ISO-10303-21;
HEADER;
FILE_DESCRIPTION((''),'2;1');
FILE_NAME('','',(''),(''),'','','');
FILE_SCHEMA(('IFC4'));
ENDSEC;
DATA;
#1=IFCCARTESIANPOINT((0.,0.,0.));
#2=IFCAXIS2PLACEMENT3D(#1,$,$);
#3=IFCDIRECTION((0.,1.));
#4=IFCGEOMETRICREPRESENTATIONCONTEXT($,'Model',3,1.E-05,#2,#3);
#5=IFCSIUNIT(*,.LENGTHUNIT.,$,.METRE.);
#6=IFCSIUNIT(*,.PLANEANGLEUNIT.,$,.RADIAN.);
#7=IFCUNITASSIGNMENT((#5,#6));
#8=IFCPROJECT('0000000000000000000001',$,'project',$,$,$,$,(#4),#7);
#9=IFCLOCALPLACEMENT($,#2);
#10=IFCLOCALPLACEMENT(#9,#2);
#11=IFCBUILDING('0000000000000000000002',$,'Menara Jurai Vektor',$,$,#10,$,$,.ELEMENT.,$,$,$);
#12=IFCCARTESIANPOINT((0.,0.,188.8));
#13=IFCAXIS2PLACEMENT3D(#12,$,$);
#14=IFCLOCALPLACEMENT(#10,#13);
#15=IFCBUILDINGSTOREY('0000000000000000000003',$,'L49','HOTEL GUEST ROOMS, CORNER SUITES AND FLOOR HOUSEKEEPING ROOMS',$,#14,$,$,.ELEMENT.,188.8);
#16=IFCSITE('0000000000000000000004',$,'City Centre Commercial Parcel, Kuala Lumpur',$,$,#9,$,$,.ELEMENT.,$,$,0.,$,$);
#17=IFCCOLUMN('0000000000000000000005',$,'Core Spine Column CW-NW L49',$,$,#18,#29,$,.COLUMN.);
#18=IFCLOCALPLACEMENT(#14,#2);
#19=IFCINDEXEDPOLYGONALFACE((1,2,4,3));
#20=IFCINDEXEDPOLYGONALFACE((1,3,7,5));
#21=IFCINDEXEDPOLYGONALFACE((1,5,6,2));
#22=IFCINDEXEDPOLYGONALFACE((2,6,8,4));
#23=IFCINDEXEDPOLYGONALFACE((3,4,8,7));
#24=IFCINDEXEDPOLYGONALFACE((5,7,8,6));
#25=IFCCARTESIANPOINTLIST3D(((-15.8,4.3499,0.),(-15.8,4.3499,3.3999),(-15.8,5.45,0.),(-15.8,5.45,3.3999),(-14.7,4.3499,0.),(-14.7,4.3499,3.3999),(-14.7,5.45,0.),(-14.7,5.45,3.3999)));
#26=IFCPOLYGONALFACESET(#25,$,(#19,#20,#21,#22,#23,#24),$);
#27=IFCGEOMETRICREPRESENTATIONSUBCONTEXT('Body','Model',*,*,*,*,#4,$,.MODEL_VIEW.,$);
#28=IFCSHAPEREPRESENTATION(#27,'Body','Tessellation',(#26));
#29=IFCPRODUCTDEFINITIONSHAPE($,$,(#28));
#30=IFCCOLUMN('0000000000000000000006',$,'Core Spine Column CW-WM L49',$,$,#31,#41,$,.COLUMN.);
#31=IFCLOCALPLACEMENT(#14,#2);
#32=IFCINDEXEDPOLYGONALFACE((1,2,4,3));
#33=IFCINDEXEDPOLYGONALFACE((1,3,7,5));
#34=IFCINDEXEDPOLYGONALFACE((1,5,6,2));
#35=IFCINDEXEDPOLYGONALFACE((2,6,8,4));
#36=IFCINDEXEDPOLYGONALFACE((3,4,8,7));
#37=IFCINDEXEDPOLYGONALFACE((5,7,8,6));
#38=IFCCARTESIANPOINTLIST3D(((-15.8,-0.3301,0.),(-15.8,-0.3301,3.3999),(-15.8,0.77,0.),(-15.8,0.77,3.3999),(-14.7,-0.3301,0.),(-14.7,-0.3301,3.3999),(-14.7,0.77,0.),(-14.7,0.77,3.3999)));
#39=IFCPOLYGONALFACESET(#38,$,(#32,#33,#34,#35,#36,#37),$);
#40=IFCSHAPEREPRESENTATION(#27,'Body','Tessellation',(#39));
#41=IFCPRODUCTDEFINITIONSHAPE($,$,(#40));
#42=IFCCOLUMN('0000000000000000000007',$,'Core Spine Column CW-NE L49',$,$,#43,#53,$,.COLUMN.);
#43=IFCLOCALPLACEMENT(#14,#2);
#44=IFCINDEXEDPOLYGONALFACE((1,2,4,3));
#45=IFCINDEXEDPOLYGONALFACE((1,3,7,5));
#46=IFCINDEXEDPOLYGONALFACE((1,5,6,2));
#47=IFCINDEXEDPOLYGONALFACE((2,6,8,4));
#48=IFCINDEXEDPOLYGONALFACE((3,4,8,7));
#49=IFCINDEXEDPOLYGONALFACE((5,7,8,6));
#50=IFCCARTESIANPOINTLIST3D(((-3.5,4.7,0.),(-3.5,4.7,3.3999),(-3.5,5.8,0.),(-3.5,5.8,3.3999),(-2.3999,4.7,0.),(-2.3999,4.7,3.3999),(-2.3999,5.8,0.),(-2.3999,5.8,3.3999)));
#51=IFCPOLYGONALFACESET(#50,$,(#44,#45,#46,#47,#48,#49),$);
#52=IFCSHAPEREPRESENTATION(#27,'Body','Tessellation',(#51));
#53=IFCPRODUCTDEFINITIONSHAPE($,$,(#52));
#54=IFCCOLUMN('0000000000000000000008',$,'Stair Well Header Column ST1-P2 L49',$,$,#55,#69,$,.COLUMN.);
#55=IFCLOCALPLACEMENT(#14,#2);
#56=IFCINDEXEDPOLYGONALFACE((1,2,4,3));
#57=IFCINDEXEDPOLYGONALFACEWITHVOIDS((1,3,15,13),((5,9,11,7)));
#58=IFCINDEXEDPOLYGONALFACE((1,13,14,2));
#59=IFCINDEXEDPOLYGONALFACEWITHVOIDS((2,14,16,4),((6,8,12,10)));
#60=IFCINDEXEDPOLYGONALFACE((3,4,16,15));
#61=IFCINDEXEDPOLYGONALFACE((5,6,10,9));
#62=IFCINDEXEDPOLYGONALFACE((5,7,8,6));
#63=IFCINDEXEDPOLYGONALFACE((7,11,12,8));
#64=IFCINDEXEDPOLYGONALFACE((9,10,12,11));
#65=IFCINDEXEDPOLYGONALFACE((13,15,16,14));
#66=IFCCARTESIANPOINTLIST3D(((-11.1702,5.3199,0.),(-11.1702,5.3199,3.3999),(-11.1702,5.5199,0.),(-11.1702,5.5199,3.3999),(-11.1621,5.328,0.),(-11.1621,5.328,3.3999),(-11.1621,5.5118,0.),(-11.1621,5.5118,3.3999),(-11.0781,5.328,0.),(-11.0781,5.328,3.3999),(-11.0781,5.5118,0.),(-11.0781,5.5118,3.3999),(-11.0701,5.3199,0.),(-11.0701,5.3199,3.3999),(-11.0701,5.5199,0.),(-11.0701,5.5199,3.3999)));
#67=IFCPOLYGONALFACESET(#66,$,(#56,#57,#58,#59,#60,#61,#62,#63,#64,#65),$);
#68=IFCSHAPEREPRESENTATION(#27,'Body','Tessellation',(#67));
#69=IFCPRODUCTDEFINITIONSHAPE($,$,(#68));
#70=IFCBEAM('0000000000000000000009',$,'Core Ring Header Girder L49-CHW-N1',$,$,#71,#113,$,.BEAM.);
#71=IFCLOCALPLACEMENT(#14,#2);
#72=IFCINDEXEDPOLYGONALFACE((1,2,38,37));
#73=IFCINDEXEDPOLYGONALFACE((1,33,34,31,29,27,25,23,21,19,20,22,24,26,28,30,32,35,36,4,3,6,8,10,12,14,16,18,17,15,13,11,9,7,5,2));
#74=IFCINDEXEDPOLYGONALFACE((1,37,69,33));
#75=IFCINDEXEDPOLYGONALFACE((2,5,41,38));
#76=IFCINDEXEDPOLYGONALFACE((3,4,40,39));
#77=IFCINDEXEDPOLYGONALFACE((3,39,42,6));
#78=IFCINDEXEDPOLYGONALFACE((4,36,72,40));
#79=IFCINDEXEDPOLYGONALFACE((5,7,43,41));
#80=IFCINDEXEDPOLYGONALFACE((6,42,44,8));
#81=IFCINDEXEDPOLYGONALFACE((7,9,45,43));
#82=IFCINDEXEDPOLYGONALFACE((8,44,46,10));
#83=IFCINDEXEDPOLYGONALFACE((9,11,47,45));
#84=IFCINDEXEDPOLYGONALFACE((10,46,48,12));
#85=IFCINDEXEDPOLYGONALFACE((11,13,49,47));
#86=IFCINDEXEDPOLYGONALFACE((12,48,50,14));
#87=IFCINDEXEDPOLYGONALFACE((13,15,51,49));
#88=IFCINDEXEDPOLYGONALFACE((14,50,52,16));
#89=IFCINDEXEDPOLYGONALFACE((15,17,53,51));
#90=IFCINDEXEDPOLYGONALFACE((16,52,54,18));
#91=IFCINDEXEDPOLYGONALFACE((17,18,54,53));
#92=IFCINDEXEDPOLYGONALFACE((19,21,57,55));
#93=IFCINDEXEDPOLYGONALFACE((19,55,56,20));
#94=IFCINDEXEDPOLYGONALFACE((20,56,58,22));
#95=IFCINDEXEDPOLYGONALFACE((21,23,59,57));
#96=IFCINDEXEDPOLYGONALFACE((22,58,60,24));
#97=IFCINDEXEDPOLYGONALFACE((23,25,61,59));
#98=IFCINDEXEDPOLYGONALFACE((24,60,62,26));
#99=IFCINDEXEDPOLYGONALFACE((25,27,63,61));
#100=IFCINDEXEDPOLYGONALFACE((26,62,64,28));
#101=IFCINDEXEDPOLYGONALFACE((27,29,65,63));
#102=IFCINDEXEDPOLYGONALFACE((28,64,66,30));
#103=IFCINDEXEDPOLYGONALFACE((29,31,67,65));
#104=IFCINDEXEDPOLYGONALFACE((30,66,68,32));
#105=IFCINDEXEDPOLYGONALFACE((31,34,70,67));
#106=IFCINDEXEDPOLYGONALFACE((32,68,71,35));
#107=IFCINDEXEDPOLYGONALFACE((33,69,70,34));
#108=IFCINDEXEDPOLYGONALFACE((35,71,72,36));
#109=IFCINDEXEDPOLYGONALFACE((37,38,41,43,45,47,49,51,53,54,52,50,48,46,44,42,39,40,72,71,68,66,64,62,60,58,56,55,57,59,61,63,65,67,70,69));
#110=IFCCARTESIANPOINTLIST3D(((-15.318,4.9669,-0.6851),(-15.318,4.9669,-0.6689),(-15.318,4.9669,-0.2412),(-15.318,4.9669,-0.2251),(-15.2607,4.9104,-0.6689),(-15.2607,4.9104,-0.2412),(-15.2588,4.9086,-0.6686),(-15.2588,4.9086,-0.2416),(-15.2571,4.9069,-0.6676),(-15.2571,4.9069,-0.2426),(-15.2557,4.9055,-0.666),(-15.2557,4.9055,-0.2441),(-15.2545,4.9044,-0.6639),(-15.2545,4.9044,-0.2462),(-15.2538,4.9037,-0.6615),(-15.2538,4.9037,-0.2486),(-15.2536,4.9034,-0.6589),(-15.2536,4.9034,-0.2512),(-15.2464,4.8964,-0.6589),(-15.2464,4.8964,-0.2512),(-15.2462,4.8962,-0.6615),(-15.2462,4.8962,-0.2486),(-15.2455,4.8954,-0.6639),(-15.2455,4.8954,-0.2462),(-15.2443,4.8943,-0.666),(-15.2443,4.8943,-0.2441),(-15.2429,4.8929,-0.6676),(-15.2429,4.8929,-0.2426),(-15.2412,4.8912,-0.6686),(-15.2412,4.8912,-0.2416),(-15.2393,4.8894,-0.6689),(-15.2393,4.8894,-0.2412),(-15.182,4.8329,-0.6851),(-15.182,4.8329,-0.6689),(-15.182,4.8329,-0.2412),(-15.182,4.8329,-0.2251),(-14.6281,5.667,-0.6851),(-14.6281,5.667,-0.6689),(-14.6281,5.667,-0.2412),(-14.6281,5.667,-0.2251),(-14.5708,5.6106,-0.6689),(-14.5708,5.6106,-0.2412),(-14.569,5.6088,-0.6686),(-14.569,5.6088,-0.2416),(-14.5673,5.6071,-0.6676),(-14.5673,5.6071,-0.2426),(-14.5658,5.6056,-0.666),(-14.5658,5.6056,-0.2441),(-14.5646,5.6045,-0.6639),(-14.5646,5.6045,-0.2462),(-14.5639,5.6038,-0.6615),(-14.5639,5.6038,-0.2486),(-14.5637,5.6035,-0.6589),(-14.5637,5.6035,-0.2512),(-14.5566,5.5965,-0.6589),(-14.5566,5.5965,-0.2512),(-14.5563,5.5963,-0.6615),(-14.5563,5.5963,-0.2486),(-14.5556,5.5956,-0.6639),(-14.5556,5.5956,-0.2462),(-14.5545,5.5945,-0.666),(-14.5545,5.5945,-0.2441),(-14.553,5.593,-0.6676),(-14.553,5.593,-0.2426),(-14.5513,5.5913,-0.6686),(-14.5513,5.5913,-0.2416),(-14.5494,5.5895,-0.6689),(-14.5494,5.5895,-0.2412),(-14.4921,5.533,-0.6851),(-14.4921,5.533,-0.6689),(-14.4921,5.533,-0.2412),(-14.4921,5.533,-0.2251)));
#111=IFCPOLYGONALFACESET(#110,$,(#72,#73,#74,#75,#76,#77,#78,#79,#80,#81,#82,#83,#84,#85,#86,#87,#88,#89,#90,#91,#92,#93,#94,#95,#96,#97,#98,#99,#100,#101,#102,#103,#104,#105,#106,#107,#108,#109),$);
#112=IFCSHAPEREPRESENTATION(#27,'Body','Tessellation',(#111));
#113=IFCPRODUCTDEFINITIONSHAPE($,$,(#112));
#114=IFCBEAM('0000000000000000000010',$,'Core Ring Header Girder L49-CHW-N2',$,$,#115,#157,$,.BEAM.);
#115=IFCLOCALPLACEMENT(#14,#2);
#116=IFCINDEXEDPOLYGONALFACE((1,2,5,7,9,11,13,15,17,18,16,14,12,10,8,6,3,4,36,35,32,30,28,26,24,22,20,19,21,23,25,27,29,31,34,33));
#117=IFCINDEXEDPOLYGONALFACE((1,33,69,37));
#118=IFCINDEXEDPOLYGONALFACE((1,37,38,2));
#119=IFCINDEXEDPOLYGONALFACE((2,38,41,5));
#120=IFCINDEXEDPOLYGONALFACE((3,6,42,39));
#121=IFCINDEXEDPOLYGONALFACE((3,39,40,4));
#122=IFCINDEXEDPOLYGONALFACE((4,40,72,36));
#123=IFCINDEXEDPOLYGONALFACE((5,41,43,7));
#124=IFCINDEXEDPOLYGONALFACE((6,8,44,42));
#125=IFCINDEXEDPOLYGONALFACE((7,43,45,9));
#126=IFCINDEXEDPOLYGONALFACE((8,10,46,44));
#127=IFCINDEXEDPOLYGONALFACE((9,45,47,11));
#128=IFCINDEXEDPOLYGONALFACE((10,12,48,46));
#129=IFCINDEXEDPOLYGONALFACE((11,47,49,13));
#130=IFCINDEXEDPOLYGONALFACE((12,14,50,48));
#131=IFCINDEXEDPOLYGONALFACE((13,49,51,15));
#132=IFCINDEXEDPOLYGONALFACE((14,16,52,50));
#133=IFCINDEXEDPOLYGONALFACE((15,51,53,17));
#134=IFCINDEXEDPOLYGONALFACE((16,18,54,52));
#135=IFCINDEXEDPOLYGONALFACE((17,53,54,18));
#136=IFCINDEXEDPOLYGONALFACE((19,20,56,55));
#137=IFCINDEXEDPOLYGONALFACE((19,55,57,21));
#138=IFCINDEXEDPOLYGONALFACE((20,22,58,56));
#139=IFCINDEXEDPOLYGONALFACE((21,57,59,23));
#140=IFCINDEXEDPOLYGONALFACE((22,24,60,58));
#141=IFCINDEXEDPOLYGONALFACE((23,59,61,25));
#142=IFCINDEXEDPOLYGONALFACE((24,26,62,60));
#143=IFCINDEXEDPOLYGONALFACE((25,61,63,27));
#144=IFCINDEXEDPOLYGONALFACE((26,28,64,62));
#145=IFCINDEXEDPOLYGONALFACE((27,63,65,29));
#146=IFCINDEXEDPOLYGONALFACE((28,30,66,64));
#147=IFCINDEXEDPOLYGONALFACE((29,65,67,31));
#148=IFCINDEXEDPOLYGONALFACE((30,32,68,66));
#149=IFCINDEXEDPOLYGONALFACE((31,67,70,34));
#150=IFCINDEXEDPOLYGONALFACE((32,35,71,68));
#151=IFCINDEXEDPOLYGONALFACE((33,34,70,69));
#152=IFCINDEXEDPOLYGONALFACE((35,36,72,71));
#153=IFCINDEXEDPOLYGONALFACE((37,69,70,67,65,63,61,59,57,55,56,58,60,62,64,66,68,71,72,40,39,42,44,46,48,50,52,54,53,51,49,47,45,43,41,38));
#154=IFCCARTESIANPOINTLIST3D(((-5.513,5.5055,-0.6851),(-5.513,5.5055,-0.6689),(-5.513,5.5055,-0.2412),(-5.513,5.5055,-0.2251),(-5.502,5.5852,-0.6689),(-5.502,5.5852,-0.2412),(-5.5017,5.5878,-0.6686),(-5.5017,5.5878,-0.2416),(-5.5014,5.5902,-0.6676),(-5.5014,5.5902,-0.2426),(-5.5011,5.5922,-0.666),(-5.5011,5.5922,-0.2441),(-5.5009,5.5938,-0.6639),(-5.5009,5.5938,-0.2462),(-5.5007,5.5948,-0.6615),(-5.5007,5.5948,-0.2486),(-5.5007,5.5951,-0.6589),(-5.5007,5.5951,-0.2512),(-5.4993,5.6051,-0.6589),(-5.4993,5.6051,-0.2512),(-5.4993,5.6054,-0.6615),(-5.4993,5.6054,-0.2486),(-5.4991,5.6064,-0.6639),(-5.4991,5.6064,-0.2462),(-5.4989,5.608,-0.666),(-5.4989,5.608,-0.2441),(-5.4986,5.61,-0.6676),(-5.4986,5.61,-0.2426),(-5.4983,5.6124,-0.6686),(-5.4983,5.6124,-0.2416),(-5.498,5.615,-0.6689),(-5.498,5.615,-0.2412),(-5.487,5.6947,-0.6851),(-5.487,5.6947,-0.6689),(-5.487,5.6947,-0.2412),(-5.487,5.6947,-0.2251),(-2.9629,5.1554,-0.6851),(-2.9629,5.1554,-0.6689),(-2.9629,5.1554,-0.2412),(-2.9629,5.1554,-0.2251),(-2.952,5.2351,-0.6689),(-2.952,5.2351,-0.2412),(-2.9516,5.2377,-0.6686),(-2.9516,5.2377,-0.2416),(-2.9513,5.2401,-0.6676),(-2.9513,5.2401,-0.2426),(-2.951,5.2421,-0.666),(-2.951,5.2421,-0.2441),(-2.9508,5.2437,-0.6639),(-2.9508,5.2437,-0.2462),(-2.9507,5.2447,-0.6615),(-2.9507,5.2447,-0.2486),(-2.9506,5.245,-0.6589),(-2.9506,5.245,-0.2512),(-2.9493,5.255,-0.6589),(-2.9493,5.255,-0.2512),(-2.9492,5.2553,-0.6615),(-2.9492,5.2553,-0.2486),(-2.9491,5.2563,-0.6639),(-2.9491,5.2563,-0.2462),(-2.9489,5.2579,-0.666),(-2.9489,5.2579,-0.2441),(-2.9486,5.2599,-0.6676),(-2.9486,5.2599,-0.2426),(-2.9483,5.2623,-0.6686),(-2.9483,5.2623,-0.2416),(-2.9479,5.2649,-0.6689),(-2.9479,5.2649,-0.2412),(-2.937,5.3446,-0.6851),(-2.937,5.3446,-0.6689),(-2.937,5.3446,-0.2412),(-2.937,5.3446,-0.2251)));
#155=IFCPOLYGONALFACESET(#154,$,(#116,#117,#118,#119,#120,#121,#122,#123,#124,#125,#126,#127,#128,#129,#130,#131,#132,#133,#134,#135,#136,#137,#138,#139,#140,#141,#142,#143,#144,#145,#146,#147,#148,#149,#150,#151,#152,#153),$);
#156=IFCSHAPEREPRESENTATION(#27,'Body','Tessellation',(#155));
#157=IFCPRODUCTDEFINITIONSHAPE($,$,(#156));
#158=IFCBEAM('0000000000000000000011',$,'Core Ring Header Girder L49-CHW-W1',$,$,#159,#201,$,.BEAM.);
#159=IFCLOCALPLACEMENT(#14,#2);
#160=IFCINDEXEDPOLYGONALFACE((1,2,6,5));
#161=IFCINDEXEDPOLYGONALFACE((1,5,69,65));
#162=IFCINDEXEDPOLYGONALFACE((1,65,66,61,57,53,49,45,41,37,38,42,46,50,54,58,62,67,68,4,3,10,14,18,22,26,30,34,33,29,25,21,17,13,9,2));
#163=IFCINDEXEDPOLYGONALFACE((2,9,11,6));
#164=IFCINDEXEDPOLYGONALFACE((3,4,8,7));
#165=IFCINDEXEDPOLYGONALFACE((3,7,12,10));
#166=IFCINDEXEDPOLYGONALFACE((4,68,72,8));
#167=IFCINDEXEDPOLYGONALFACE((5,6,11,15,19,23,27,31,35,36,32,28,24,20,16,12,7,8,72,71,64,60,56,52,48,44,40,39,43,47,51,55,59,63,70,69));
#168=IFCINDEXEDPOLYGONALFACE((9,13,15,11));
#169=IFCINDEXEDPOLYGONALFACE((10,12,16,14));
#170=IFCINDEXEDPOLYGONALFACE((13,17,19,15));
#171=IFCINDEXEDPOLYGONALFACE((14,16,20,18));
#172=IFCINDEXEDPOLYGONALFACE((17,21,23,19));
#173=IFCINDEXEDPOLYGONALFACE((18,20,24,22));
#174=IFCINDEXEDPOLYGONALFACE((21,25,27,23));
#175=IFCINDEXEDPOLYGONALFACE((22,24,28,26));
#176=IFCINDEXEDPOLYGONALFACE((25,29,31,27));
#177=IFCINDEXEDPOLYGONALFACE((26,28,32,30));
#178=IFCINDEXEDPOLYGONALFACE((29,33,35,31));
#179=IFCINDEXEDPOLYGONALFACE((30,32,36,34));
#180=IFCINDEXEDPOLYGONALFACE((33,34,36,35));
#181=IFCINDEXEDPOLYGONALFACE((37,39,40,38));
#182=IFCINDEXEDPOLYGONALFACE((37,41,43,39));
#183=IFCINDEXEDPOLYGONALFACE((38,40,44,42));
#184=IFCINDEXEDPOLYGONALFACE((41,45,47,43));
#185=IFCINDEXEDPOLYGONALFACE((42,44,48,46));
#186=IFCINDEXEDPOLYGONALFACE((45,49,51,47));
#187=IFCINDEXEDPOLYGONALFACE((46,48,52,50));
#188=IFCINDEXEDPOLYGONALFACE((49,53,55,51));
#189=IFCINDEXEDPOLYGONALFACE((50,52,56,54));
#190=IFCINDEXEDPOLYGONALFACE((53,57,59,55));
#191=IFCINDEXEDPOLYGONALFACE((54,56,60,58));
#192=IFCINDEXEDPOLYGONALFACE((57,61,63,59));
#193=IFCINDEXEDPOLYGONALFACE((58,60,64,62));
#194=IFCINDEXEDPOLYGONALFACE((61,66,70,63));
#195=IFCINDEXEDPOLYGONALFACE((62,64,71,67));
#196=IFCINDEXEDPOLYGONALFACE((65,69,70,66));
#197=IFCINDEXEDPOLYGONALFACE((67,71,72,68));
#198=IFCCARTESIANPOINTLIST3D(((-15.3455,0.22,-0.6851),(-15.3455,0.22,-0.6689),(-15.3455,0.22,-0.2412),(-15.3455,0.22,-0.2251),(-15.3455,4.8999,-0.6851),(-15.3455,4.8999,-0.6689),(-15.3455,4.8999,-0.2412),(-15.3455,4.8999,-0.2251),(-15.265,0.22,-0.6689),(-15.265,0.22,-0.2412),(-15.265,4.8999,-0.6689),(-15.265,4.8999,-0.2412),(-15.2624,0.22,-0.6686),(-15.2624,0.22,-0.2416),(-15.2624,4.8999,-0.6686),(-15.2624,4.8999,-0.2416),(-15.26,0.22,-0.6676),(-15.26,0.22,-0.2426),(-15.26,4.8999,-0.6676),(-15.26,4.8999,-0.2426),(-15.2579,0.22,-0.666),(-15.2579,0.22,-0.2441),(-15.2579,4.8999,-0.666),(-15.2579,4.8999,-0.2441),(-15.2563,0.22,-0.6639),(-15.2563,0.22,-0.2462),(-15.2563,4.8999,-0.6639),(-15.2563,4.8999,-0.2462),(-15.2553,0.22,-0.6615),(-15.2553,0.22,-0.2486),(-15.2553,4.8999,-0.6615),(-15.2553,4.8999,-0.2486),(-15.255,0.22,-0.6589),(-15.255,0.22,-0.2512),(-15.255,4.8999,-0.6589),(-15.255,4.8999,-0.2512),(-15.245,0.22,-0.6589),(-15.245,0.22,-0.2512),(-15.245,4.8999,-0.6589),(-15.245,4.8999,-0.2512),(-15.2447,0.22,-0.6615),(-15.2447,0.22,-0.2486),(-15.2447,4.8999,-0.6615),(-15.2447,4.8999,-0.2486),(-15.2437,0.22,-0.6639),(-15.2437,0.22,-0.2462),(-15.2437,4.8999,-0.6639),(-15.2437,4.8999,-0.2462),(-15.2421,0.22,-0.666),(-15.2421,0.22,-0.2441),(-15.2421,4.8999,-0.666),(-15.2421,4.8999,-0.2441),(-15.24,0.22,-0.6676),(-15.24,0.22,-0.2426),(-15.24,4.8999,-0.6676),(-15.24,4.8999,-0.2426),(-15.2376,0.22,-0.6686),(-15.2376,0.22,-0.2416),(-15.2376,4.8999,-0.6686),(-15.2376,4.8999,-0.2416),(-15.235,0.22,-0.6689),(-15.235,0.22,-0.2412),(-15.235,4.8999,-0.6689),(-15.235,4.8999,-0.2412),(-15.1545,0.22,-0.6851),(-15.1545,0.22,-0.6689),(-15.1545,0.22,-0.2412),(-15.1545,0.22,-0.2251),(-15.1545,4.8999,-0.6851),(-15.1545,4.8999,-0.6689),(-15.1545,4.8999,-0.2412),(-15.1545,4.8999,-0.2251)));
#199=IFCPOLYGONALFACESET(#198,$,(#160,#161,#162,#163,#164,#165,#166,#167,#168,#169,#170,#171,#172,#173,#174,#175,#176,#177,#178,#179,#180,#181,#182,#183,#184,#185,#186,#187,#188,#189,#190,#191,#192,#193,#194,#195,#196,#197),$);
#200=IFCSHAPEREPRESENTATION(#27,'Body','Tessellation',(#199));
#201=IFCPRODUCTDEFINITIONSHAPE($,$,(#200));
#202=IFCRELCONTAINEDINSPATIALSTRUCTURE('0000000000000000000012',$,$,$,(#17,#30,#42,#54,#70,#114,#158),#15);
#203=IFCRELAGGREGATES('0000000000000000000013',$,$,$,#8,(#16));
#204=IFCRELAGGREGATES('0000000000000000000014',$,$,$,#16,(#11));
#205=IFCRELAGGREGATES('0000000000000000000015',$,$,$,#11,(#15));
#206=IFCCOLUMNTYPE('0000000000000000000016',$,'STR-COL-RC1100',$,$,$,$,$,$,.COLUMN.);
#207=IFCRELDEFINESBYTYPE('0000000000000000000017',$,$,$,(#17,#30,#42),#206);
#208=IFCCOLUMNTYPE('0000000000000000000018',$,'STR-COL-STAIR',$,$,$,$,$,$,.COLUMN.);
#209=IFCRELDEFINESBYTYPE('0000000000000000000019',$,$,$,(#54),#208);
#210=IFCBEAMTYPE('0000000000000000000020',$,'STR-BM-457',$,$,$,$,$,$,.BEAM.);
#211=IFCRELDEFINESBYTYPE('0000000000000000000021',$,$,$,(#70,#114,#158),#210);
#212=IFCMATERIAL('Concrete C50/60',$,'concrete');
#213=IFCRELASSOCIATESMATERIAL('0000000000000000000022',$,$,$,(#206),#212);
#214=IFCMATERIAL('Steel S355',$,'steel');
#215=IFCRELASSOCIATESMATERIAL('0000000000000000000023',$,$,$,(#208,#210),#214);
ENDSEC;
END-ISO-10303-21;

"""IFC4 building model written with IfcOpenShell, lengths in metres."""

from ifc_helpers import new_model, si_unit, direction, frame, origin, origin_2d, place, context, subcontext, project, spatial, rectangle, hollow_rectangle, i_section, extrude, material, material_profile, profile_set, type_object, element, save


model = new_model("IFC4")

# Units and contexts
model_context = context("Model", 3, precision=1e-05, world=origin(), true_north=direction((0.0, 1.0)))
body_context = subcontext(model_context, "Body", "Model", "MODEL_VIEW")
ifc_project = project(units=[si_unit("LENGTHUNIT", "METRE"), si_unit("PLANEANGLEUNIT", "RADIAN")], contexts=[model_context])

# Site, building, storey
site_placement = place(None, origin())
site = spatial("IfcSite", under=ifc_project, at=site_placement, Name="City Centre Commercial Parcel, Kuala Lumpur", CompositionType="ELEMENT", RefElevation=0.0)
building_placement = place(site_placement, origin())
building = spatial("IfcBuilding", under=site, at=building_placement, Name="Menara Jurai Vektor", CompositionType="ELEMENT")
storey_placement = place(building_placement, frame((0.0, 0.0, 188.8)))
storey = spatial("IfcBuildingStorey", under=building, at=storey_placement, Name="L49", Description="HOTEL GUEST ROOMS, CORNER SUITES AND FLOOR HOUSEKEEPING ROOMS", CompositionType="ELEMENT", Elevation=188.8)

# Columns
ifc_material_1 = material(Name="Concrete C50/60", Category="concrete")
ifc_material_profile_1 = material_profile(ifc_material_1, rectangle(XDim=1.1001, YDim=1.1001, at=origin_2d()), Name="RC 1100x1100")
ifc_profile_set_1 = profile_set([ifc_material_profile_1], Name="Concrete C50/60")
column_type_1 = type_object("IfcColumnType", Name="STR-COL-RC1100", PredefinedType="COLUMN", material=ifc_profile_set_1)
for number, where, z_axis, x_axis, name in (
    (1, (-15.25, 4.8999, 0.0), (0.0, 0.0, 1.0), (1.0, 0.0, 0.0), "Core Spine Column CW-NW L49"),
    (2, (-15.25, 0.22, 0.0), (0.0, 0.0, 1.0), (1.0, 0.0, 0.0), "Core Spine Column CW-WM L49"),
    (3, (-2.95, 5.25, 0.0), (0.0, 0.0, 1.0), (1.0, 0.0, 0.0), "Core Spine Column CW-NE L49"),
):
    element("IfcColumn", number, at=place(storey_placement, frame(where, z_axis=z_axis, x_axis=x_axis)), inside=storey, type_object=column_type_1, Name=name, PredefinedType="COLUMN", context=body_context, shape_type="SweptSolid", body=[
        extrude(rectangle(XDim=1.1001, YDim=1.1001, at=origin_2d()), origin(), (0.0, 0.0, 1.0), 3.3999),
    ])
ifc_material_2 = material(Name="Steel S355", Category="steel")
ifc_material_profile_2 = material_profile(ifc_material_2, hollow_rectangle(XDim=0.1001, YDim=0.2, WallThickness=0.0081, at=origin_2d()), Name="RHS 200x100x8")
ifc_profile_set_2 = profile_set([ifc_material_profile_2], Name="Steel S355")
column_type_2 = type_object("IfcColumnType", Name="STR-COL-STAIR", PredefinedType="COLUMN", material=ifc_profile_set_2)
column_placement = place(storey_placement, frame((-11.1201, 5.4199, 0.0), z_axis=(0.0, 0.0, 1.0), x_axis=(1.0, 0.0, 0.0)))
element("IfcColumn", 4, at=column_placement, inside=storey, type_object=column_type_2, Name="Stair Well Header Column ST1-P2 L49", PredefinedType="COLUMN", context=body_context, shape_type="SweptSolid", body=[
    extrude(hollow_rectangle(XDim=0.1001, YDim=0.2, WallThickness=0.0081, at=origin_2d()), origin(), (0.0, 0.0, 1.0), 3.3999),
])

# Beams
ifc_material_profile_3 = material_profile(ifc_material_2, i_section(OverallWidth=0.1909, OverallDepth=0.46, WebThickness=0.01, FlangeThickness=0.0161, FilletRadius=0.01, at=origin_2d()), Name="UKB 457x191x82")
ifc_profile_set_3 = profile_set([ifc_material_profile_3], Name="Steel S355")
beam_type_1 = type_object("IfcBeamType", Name="STR-BM-457", PredefinedType="BEAM", material=ifc_profile_set_3)
beam_1_placement = place(storey_placement, frame((-15.25, 4.8999, -0.4551), z_axis=(0.701872, 0.712303, 0.0), x_axis=(-0.712303, 0.701872, 0.0)))
element("IfcBeam", 5, at=beam_1_placement, inside=storey, type_object=beam_type_1, Name="Core Ring Header Girder L49-CHW-N1", PredefinedType="BEAM", context=body_context, shape_type="SweptSolid", body=[
    extrude(i_section(OverallWidth=0.1909, OverallDepth=0.46, WebThickness=0.01, FlangeThickness=0.0161, FilletRadius=0.01, at=origin_2d()), origin(), (0.0, 0.0, 1.0), 0.9829),
])
beam_2_placement = place(storey_placement, frame((-5.5, 5.6001, -0.4551), z_axis=(0.990707, -0.136015, 0.0), x_axis=(0.136015, 0.990707, 0.0)))
element("IfcBeam", 6, at=beam_2_placement, inside=storey, type_object=beam_type_1, Name="Core Ring Header Girder L49-CHW-N2", PredefinedType="BEAM", context=body_context, shape_type="SweptSolid", body=[
    extrude(i_section(OverallWidth=0.1909, OverallDepth=0.46, WebThickness=0.01, FlangeThickness=0.0161, FilletRadius=0.01, at=origin_2d()), origin(), (0.0, 0.0, 1.0), 2.574),
])
beam_3_placement = place(storey_placement, frame((-15.25, 0.22, -0.4551), z_axis=(0.0, 1.0, 0.0), x_axis=(-1.0, 0.0, 0.0)))
element("IfcBeam", 7, at=beam_3_placement, inside=storey, type_object=beam_type_1, Name="Core Ring Header Girder L49-CHW-W1", PredefinedType="BEAM", context=body_context, shape_type="SweptSolid", body=[
    extrude(i_section(OverallWidth=0.1909, OverallDepth=0.46, WebThickness=0.01, FlangeThickness=0.0161, FilletRadius=0.01, at=origin_2d()), origin(), (0.0, 0.0, 1.0), 4.6799),
])

save(model, "model.ifc")
